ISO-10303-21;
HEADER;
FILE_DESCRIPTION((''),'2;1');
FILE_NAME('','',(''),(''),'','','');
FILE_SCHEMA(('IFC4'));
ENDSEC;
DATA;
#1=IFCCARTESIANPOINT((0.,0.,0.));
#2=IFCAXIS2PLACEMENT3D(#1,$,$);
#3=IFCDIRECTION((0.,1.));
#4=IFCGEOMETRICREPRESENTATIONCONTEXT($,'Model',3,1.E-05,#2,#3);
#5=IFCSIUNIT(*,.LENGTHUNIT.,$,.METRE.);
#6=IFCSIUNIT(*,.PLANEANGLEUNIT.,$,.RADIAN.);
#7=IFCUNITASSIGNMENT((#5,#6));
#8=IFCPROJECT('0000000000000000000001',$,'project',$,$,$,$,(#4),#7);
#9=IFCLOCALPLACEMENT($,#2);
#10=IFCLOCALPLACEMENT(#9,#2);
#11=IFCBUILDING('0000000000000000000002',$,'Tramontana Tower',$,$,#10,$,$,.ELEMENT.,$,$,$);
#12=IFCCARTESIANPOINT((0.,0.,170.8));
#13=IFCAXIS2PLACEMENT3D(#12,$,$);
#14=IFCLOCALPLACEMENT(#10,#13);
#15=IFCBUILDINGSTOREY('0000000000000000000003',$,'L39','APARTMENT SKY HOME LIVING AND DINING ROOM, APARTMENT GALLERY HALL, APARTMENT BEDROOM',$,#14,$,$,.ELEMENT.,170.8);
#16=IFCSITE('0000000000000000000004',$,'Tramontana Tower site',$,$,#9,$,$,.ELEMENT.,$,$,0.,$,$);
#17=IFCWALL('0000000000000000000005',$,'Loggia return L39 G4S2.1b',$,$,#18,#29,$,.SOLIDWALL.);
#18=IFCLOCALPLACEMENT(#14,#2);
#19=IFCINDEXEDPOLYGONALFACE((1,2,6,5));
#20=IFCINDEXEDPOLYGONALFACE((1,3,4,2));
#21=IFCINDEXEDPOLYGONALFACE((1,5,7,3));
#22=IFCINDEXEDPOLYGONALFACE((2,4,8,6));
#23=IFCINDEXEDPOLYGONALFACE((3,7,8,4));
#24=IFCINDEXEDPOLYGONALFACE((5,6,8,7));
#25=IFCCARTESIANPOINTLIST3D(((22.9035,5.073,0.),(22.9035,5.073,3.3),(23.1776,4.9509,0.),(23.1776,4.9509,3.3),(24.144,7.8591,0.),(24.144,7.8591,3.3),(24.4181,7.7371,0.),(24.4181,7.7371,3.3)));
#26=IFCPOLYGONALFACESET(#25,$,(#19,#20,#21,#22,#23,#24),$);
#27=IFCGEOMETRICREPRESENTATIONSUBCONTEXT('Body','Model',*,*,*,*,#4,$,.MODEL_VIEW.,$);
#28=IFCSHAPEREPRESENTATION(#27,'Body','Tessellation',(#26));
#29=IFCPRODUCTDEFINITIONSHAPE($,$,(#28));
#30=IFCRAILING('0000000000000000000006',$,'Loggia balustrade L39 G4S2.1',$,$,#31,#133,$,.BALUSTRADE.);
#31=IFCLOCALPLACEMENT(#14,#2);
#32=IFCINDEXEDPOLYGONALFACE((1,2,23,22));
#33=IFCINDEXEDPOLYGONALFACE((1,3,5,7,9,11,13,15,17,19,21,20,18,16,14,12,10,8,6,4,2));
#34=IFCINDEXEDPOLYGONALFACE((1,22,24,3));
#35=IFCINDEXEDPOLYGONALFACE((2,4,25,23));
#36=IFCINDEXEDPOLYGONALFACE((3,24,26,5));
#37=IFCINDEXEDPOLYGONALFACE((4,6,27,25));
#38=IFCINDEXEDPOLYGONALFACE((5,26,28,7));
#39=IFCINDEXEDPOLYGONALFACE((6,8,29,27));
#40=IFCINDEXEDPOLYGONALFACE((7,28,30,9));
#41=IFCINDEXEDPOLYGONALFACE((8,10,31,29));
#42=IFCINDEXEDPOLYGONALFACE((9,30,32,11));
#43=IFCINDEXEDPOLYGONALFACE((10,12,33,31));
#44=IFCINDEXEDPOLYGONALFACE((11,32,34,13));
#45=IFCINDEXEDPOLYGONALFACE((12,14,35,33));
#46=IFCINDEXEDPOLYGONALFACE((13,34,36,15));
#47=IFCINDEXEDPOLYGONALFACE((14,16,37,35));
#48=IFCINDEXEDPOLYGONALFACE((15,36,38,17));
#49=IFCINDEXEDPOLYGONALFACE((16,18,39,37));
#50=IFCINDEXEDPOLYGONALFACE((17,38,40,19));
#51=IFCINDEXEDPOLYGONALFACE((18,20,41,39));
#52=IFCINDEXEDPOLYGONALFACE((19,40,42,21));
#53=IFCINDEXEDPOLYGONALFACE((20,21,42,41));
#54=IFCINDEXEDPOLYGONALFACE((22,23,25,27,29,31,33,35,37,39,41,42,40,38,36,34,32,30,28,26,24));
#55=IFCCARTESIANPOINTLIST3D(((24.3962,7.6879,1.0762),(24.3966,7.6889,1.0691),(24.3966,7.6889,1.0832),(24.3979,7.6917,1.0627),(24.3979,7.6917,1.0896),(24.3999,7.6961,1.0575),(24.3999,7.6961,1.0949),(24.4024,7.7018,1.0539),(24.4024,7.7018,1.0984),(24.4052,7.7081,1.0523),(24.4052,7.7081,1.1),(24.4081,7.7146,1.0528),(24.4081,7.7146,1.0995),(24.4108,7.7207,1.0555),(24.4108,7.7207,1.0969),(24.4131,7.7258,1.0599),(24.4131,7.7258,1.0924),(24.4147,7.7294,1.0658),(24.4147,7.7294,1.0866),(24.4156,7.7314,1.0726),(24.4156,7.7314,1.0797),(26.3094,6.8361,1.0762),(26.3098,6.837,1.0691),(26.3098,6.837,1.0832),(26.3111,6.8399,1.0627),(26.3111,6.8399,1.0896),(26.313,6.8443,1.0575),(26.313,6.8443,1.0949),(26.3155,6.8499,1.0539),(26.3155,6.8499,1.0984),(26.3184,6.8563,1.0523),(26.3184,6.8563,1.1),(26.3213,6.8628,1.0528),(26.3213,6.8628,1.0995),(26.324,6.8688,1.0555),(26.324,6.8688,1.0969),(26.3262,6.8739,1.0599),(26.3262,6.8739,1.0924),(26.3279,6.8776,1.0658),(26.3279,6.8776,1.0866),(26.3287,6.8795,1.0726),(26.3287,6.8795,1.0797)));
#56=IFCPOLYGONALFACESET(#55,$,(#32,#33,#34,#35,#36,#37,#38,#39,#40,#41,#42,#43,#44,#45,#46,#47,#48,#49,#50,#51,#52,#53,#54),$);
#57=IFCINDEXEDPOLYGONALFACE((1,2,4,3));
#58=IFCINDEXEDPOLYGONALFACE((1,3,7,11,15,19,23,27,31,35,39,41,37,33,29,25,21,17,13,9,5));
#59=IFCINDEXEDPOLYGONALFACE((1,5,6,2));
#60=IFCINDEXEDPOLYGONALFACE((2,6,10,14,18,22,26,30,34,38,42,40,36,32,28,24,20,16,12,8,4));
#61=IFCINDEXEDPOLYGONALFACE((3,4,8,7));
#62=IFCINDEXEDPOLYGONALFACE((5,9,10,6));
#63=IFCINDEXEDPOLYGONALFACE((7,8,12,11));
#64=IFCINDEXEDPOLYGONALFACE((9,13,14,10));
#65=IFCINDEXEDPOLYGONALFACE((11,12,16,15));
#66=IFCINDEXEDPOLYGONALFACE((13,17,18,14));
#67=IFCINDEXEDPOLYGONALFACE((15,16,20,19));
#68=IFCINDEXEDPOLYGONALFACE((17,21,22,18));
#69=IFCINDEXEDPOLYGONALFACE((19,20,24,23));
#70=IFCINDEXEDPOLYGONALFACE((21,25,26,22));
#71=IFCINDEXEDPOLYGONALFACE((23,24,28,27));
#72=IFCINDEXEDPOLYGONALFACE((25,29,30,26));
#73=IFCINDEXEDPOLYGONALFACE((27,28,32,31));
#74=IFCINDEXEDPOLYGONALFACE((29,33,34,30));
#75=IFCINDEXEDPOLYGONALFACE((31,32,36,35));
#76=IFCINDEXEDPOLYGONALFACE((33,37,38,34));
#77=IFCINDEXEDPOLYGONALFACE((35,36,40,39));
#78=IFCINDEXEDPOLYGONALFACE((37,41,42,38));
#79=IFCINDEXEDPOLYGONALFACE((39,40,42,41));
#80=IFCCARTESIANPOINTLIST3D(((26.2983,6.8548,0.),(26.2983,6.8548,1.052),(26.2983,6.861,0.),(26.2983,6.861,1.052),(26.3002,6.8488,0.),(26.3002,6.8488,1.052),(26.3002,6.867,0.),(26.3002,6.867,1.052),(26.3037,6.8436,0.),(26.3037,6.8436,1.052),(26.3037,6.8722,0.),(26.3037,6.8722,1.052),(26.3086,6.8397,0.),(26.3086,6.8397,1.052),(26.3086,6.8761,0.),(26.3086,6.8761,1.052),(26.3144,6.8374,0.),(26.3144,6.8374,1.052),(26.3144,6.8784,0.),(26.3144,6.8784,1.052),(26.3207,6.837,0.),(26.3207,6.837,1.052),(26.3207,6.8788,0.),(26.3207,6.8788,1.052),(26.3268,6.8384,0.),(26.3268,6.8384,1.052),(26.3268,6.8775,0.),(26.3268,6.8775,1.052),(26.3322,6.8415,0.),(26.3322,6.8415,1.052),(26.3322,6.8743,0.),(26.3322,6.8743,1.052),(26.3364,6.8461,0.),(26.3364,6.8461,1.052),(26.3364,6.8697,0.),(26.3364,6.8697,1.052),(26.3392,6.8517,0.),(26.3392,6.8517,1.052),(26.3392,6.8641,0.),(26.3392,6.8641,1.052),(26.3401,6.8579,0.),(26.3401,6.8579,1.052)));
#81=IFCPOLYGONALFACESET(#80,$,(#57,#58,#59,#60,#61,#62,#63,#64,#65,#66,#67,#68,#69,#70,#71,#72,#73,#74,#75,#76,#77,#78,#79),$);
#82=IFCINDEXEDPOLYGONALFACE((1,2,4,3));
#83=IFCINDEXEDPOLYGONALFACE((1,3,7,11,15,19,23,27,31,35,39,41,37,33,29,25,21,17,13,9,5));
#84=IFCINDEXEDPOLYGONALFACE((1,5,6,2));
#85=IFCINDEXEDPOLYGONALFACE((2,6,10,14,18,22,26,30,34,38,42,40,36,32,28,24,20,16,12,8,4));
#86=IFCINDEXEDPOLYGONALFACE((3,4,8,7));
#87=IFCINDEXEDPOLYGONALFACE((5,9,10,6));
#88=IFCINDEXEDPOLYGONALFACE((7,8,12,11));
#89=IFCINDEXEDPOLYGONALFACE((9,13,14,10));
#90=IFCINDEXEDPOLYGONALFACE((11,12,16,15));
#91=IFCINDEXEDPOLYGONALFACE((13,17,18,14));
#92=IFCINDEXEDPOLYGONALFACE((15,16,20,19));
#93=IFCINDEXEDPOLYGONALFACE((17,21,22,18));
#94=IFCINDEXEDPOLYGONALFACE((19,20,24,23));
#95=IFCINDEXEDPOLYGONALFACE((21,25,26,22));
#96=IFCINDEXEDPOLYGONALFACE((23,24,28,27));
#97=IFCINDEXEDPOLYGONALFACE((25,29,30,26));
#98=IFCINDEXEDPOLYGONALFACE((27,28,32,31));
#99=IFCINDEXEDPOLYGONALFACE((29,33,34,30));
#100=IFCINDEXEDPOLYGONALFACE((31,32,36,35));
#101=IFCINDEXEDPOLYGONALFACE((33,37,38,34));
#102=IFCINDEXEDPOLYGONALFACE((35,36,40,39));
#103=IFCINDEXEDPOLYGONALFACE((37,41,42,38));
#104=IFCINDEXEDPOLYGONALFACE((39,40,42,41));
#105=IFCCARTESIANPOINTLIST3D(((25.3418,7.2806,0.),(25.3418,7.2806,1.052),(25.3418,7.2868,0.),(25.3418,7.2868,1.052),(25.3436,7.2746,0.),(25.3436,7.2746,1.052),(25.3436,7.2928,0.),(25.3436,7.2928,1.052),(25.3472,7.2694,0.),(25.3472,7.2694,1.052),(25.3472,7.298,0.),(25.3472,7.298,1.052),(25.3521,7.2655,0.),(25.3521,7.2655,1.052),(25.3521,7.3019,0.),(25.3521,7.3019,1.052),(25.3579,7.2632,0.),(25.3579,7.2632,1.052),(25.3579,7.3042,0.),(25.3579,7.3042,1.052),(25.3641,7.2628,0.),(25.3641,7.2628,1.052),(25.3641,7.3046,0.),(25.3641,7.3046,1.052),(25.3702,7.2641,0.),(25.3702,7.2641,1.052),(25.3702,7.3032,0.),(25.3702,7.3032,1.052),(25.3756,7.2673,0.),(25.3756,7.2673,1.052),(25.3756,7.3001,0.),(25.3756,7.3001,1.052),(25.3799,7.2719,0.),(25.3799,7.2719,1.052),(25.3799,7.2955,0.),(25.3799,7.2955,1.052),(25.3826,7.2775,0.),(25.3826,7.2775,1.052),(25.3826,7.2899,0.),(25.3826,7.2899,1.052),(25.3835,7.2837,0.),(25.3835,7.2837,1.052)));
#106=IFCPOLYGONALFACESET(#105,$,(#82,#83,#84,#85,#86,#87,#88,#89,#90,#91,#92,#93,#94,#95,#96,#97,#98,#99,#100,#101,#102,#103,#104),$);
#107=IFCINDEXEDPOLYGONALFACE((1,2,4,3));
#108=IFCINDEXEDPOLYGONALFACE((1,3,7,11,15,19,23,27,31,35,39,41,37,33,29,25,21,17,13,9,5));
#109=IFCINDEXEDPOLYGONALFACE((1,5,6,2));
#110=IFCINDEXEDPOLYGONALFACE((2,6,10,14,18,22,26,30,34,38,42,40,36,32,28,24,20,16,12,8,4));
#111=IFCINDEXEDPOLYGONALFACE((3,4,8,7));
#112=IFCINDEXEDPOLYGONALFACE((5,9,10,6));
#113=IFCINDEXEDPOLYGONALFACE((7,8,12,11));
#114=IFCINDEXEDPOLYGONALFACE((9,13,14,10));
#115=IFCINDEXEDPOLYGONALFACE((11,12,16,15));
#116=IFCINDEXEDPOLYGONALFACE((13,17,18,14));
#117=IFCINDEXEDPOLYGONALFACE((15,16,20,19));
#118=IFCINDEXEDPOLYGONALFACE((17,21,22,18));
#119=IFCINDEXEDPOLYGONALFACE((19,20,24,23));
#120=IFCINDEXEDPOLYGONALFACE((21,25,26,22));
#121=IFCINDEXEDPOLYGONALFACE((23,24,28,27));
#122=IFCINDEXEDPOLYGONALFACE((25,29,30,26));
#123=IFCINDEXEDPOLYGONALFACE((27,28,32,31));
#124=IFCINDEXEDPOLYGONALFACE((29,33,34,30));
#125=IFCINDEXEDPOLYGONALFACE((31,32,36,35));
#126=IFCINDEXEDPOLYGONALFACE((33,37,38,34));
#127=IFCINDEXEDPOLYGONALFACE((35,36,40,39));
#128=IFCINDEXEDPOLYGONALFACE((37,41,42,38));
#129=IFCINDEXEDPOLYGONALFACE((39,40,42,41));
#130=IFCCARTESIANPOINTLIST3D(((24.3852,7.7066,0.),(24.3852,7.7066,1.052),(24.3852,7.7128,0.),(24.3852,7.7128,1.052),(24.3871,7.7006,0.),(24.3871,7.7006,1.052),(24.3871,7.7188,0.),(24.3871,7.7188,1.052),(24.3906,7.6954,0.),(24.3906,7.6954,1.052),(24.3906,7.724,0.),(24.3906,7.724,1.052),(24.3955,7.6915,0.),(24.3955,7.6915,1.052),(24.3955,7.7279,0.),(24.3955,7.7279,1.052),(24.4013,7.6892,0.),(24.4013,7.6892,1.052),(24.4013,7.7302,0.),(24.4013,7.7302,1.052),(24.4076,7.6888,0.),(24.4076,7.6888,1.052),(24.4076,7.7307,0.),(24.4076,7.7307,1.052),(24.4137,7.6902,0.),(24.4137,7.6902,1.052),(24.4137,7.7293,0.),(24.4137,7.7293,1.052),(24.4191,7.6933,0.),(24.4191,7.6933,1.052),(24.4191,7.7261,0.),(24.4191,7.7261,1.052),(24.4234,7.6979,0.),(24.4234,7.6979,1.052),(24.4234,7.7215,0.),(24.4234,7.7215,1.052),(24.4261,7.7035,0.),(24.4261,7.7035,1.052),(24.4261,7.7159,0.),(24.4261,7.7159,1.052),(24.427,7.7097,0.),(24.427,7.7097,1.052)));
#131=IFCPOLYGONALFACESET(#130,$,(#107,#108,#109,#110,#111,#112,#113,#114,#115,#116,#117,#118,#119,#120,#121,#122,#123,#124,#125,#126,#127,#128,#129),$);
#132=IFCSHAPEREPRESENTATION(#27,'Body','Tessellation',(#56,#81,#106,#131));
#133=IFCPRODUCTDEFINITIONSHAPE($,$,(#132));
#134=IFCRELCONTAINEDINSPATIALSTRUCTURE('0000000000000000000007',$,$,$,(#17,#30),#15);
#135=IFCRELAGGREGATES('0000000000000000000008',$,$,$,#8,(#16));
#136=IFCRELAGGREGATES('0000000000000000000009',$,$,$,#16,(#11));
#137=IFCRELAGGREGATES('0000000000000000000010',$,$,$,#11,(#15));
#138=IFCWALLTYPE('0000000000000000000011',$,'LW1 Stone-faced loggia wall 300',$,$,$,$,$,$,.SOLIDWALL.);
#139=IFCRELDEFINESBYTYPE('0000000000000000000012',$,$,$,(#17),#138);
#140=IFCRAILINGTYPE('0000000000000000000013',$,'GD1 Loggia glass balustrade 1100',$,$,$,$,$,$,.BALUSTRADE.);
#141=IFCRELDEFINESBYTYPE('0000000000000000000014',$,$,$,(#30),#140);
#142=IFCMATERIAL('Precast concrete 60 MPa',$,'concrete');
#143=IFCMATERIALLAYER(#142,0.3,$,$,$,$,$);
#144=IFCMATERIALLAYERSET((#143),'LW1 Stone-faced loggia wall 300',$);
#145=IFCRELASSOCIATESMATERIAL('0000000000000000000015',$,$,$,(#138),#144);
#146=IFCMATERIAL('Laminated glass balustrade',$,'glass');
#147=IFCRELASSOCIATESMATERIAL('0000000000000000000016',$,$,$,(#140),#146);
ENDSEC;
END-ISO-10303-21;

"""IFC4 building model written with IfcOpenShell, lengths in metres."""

from ifc_helpers import new_model, si_unit, direction, frame, frame_2d, origin, origin_2d, place, context, subcontext, project, spatial, rectangle, circle, extrude, material, layer, layer_set, type_object, element, save


model = new_model("IFC4")

# Units and contexts
model_context = context("Model", 3, precision=1e-05, world=origin(), true_north=direction((0.0, 1.0)))
body_context = subcontext(model_context, "Body", "Model", "MODEL_VIEW")
ifc_project = project(units=[si_unit("LENGTHUNIT", "METRE"), si_unit("PLANEANGLEUNIT", "RADIAN")], contexts=[model_context])

# Site, building, storey
site_placement = place(None, origin())
site = spatial("IfcSite", under=ifc_project, at=site_placement, Name="Tramontana Tower site", CompositionType="ELEMENT", RefElevation=0.0)
building_placement = place(site_placement, origin())
building = spatial("IfcBuilding", under=site, at=building_placement, Name="Tramontana Tower", CompositionType="ELEMENT")
storey_placement = place(building_placement, frame((0.0, 0.0, 170.8)))
storey = spatial("IfcBuildingStorey", under=building, at=storey_placement, Name="L39", Description="APARTMENT SKY HOME LIVING AND DINING ROOM, APARTMENT GALLERY HALL, APARTMENT BEDROOM", CompositionType="ELEMENT", Elevation=170.8)

# Shared definitions
ifc_material_1 = material(Name="Precast concrete 60 MPa", Category="concrete")
ifc_layer_1 = layer(ifc_material_1, 0.3)
ifc_layer_set_1 = layer_set([ifc_layer_1], Name="LW1 Stone-faced loggia wall 300")
wall_type_1 = type_object("IfcWallType", Name="LW1 Stone-faced loggia wall 300", PredefinedType="SOLIDWALL", material=ifc_layer_set_1)

# Wall
for number, where, z_axis, x_axis, name in (
    (1, (24.281, 7.7981, 0.0), (0.0, 0.0, 1.0), (-0.40674, -0.913544, 0.0), "Loggia return L39 G4S2.1b"),
):
    element("IfcWall", number, at=place(storey_placement, frame(where, z_axis=z_axis, x_axis=x_axis)), inside=storey, type_object=wall_type_1, Name=name, PredefinedType="SOLIDWALL", context=body_context, shape_type="SweptSolid", body=[
        extrude(rectangle(XDim=3.0498, YDim=0.3, at=frame_2d((1.5249, 0.0))), origin(), (0.0, 0.0, 1.0), 3.3),
    ])

# Railing
ifc_material_2 = material(Name="Laminated glass balustrade", Category="glass")
railing_type = type_object("IfcRailingType", Name="GD1 Loggia glass balustrade 1100", PredefinedType="BALUSTRADE", material=ifc_material_2)
railing_1_placement = place(storey_placement, frame((26.3191, 6.8579, 0.0)))
element("IfcRailing", 2, at=railing_1_placement, inside=storey, type_object=railing_type, Name="Loggia balustrade L39 G4S2.1", PredefinedType="BALUSTRADE", context=body_context, shape_type="SweptSolid", body=[
    extrude(circle(Radius=0.0239, at=origin_2d()), frame((0.0, 0.0, 1.0762), z_axis=(-0.913537, 0.406755, 0.0), x_axis=(-0.406755, -0.913537, 0.0)), (0.0, 0.0, 1.0), 2.0942),
    extrude(circle(Radius=0.021, at=origin_2d()), origin(), (0.0, 0.0, 1.0), 1.052),
    extrude(circle(Radius=0.021, at=origin_2d()), frame((-0.9565, 0.4258, 0.0)), (0.0, 0.0, 1.0), 1.052),
    extrude(circle(Radius=0.021, at=origin_2d()), frame((-1.9131, 0.8518, 0.0)), (0.0, 0.0, 1.0), 1.052),
])

save(model, "model.ifc")
